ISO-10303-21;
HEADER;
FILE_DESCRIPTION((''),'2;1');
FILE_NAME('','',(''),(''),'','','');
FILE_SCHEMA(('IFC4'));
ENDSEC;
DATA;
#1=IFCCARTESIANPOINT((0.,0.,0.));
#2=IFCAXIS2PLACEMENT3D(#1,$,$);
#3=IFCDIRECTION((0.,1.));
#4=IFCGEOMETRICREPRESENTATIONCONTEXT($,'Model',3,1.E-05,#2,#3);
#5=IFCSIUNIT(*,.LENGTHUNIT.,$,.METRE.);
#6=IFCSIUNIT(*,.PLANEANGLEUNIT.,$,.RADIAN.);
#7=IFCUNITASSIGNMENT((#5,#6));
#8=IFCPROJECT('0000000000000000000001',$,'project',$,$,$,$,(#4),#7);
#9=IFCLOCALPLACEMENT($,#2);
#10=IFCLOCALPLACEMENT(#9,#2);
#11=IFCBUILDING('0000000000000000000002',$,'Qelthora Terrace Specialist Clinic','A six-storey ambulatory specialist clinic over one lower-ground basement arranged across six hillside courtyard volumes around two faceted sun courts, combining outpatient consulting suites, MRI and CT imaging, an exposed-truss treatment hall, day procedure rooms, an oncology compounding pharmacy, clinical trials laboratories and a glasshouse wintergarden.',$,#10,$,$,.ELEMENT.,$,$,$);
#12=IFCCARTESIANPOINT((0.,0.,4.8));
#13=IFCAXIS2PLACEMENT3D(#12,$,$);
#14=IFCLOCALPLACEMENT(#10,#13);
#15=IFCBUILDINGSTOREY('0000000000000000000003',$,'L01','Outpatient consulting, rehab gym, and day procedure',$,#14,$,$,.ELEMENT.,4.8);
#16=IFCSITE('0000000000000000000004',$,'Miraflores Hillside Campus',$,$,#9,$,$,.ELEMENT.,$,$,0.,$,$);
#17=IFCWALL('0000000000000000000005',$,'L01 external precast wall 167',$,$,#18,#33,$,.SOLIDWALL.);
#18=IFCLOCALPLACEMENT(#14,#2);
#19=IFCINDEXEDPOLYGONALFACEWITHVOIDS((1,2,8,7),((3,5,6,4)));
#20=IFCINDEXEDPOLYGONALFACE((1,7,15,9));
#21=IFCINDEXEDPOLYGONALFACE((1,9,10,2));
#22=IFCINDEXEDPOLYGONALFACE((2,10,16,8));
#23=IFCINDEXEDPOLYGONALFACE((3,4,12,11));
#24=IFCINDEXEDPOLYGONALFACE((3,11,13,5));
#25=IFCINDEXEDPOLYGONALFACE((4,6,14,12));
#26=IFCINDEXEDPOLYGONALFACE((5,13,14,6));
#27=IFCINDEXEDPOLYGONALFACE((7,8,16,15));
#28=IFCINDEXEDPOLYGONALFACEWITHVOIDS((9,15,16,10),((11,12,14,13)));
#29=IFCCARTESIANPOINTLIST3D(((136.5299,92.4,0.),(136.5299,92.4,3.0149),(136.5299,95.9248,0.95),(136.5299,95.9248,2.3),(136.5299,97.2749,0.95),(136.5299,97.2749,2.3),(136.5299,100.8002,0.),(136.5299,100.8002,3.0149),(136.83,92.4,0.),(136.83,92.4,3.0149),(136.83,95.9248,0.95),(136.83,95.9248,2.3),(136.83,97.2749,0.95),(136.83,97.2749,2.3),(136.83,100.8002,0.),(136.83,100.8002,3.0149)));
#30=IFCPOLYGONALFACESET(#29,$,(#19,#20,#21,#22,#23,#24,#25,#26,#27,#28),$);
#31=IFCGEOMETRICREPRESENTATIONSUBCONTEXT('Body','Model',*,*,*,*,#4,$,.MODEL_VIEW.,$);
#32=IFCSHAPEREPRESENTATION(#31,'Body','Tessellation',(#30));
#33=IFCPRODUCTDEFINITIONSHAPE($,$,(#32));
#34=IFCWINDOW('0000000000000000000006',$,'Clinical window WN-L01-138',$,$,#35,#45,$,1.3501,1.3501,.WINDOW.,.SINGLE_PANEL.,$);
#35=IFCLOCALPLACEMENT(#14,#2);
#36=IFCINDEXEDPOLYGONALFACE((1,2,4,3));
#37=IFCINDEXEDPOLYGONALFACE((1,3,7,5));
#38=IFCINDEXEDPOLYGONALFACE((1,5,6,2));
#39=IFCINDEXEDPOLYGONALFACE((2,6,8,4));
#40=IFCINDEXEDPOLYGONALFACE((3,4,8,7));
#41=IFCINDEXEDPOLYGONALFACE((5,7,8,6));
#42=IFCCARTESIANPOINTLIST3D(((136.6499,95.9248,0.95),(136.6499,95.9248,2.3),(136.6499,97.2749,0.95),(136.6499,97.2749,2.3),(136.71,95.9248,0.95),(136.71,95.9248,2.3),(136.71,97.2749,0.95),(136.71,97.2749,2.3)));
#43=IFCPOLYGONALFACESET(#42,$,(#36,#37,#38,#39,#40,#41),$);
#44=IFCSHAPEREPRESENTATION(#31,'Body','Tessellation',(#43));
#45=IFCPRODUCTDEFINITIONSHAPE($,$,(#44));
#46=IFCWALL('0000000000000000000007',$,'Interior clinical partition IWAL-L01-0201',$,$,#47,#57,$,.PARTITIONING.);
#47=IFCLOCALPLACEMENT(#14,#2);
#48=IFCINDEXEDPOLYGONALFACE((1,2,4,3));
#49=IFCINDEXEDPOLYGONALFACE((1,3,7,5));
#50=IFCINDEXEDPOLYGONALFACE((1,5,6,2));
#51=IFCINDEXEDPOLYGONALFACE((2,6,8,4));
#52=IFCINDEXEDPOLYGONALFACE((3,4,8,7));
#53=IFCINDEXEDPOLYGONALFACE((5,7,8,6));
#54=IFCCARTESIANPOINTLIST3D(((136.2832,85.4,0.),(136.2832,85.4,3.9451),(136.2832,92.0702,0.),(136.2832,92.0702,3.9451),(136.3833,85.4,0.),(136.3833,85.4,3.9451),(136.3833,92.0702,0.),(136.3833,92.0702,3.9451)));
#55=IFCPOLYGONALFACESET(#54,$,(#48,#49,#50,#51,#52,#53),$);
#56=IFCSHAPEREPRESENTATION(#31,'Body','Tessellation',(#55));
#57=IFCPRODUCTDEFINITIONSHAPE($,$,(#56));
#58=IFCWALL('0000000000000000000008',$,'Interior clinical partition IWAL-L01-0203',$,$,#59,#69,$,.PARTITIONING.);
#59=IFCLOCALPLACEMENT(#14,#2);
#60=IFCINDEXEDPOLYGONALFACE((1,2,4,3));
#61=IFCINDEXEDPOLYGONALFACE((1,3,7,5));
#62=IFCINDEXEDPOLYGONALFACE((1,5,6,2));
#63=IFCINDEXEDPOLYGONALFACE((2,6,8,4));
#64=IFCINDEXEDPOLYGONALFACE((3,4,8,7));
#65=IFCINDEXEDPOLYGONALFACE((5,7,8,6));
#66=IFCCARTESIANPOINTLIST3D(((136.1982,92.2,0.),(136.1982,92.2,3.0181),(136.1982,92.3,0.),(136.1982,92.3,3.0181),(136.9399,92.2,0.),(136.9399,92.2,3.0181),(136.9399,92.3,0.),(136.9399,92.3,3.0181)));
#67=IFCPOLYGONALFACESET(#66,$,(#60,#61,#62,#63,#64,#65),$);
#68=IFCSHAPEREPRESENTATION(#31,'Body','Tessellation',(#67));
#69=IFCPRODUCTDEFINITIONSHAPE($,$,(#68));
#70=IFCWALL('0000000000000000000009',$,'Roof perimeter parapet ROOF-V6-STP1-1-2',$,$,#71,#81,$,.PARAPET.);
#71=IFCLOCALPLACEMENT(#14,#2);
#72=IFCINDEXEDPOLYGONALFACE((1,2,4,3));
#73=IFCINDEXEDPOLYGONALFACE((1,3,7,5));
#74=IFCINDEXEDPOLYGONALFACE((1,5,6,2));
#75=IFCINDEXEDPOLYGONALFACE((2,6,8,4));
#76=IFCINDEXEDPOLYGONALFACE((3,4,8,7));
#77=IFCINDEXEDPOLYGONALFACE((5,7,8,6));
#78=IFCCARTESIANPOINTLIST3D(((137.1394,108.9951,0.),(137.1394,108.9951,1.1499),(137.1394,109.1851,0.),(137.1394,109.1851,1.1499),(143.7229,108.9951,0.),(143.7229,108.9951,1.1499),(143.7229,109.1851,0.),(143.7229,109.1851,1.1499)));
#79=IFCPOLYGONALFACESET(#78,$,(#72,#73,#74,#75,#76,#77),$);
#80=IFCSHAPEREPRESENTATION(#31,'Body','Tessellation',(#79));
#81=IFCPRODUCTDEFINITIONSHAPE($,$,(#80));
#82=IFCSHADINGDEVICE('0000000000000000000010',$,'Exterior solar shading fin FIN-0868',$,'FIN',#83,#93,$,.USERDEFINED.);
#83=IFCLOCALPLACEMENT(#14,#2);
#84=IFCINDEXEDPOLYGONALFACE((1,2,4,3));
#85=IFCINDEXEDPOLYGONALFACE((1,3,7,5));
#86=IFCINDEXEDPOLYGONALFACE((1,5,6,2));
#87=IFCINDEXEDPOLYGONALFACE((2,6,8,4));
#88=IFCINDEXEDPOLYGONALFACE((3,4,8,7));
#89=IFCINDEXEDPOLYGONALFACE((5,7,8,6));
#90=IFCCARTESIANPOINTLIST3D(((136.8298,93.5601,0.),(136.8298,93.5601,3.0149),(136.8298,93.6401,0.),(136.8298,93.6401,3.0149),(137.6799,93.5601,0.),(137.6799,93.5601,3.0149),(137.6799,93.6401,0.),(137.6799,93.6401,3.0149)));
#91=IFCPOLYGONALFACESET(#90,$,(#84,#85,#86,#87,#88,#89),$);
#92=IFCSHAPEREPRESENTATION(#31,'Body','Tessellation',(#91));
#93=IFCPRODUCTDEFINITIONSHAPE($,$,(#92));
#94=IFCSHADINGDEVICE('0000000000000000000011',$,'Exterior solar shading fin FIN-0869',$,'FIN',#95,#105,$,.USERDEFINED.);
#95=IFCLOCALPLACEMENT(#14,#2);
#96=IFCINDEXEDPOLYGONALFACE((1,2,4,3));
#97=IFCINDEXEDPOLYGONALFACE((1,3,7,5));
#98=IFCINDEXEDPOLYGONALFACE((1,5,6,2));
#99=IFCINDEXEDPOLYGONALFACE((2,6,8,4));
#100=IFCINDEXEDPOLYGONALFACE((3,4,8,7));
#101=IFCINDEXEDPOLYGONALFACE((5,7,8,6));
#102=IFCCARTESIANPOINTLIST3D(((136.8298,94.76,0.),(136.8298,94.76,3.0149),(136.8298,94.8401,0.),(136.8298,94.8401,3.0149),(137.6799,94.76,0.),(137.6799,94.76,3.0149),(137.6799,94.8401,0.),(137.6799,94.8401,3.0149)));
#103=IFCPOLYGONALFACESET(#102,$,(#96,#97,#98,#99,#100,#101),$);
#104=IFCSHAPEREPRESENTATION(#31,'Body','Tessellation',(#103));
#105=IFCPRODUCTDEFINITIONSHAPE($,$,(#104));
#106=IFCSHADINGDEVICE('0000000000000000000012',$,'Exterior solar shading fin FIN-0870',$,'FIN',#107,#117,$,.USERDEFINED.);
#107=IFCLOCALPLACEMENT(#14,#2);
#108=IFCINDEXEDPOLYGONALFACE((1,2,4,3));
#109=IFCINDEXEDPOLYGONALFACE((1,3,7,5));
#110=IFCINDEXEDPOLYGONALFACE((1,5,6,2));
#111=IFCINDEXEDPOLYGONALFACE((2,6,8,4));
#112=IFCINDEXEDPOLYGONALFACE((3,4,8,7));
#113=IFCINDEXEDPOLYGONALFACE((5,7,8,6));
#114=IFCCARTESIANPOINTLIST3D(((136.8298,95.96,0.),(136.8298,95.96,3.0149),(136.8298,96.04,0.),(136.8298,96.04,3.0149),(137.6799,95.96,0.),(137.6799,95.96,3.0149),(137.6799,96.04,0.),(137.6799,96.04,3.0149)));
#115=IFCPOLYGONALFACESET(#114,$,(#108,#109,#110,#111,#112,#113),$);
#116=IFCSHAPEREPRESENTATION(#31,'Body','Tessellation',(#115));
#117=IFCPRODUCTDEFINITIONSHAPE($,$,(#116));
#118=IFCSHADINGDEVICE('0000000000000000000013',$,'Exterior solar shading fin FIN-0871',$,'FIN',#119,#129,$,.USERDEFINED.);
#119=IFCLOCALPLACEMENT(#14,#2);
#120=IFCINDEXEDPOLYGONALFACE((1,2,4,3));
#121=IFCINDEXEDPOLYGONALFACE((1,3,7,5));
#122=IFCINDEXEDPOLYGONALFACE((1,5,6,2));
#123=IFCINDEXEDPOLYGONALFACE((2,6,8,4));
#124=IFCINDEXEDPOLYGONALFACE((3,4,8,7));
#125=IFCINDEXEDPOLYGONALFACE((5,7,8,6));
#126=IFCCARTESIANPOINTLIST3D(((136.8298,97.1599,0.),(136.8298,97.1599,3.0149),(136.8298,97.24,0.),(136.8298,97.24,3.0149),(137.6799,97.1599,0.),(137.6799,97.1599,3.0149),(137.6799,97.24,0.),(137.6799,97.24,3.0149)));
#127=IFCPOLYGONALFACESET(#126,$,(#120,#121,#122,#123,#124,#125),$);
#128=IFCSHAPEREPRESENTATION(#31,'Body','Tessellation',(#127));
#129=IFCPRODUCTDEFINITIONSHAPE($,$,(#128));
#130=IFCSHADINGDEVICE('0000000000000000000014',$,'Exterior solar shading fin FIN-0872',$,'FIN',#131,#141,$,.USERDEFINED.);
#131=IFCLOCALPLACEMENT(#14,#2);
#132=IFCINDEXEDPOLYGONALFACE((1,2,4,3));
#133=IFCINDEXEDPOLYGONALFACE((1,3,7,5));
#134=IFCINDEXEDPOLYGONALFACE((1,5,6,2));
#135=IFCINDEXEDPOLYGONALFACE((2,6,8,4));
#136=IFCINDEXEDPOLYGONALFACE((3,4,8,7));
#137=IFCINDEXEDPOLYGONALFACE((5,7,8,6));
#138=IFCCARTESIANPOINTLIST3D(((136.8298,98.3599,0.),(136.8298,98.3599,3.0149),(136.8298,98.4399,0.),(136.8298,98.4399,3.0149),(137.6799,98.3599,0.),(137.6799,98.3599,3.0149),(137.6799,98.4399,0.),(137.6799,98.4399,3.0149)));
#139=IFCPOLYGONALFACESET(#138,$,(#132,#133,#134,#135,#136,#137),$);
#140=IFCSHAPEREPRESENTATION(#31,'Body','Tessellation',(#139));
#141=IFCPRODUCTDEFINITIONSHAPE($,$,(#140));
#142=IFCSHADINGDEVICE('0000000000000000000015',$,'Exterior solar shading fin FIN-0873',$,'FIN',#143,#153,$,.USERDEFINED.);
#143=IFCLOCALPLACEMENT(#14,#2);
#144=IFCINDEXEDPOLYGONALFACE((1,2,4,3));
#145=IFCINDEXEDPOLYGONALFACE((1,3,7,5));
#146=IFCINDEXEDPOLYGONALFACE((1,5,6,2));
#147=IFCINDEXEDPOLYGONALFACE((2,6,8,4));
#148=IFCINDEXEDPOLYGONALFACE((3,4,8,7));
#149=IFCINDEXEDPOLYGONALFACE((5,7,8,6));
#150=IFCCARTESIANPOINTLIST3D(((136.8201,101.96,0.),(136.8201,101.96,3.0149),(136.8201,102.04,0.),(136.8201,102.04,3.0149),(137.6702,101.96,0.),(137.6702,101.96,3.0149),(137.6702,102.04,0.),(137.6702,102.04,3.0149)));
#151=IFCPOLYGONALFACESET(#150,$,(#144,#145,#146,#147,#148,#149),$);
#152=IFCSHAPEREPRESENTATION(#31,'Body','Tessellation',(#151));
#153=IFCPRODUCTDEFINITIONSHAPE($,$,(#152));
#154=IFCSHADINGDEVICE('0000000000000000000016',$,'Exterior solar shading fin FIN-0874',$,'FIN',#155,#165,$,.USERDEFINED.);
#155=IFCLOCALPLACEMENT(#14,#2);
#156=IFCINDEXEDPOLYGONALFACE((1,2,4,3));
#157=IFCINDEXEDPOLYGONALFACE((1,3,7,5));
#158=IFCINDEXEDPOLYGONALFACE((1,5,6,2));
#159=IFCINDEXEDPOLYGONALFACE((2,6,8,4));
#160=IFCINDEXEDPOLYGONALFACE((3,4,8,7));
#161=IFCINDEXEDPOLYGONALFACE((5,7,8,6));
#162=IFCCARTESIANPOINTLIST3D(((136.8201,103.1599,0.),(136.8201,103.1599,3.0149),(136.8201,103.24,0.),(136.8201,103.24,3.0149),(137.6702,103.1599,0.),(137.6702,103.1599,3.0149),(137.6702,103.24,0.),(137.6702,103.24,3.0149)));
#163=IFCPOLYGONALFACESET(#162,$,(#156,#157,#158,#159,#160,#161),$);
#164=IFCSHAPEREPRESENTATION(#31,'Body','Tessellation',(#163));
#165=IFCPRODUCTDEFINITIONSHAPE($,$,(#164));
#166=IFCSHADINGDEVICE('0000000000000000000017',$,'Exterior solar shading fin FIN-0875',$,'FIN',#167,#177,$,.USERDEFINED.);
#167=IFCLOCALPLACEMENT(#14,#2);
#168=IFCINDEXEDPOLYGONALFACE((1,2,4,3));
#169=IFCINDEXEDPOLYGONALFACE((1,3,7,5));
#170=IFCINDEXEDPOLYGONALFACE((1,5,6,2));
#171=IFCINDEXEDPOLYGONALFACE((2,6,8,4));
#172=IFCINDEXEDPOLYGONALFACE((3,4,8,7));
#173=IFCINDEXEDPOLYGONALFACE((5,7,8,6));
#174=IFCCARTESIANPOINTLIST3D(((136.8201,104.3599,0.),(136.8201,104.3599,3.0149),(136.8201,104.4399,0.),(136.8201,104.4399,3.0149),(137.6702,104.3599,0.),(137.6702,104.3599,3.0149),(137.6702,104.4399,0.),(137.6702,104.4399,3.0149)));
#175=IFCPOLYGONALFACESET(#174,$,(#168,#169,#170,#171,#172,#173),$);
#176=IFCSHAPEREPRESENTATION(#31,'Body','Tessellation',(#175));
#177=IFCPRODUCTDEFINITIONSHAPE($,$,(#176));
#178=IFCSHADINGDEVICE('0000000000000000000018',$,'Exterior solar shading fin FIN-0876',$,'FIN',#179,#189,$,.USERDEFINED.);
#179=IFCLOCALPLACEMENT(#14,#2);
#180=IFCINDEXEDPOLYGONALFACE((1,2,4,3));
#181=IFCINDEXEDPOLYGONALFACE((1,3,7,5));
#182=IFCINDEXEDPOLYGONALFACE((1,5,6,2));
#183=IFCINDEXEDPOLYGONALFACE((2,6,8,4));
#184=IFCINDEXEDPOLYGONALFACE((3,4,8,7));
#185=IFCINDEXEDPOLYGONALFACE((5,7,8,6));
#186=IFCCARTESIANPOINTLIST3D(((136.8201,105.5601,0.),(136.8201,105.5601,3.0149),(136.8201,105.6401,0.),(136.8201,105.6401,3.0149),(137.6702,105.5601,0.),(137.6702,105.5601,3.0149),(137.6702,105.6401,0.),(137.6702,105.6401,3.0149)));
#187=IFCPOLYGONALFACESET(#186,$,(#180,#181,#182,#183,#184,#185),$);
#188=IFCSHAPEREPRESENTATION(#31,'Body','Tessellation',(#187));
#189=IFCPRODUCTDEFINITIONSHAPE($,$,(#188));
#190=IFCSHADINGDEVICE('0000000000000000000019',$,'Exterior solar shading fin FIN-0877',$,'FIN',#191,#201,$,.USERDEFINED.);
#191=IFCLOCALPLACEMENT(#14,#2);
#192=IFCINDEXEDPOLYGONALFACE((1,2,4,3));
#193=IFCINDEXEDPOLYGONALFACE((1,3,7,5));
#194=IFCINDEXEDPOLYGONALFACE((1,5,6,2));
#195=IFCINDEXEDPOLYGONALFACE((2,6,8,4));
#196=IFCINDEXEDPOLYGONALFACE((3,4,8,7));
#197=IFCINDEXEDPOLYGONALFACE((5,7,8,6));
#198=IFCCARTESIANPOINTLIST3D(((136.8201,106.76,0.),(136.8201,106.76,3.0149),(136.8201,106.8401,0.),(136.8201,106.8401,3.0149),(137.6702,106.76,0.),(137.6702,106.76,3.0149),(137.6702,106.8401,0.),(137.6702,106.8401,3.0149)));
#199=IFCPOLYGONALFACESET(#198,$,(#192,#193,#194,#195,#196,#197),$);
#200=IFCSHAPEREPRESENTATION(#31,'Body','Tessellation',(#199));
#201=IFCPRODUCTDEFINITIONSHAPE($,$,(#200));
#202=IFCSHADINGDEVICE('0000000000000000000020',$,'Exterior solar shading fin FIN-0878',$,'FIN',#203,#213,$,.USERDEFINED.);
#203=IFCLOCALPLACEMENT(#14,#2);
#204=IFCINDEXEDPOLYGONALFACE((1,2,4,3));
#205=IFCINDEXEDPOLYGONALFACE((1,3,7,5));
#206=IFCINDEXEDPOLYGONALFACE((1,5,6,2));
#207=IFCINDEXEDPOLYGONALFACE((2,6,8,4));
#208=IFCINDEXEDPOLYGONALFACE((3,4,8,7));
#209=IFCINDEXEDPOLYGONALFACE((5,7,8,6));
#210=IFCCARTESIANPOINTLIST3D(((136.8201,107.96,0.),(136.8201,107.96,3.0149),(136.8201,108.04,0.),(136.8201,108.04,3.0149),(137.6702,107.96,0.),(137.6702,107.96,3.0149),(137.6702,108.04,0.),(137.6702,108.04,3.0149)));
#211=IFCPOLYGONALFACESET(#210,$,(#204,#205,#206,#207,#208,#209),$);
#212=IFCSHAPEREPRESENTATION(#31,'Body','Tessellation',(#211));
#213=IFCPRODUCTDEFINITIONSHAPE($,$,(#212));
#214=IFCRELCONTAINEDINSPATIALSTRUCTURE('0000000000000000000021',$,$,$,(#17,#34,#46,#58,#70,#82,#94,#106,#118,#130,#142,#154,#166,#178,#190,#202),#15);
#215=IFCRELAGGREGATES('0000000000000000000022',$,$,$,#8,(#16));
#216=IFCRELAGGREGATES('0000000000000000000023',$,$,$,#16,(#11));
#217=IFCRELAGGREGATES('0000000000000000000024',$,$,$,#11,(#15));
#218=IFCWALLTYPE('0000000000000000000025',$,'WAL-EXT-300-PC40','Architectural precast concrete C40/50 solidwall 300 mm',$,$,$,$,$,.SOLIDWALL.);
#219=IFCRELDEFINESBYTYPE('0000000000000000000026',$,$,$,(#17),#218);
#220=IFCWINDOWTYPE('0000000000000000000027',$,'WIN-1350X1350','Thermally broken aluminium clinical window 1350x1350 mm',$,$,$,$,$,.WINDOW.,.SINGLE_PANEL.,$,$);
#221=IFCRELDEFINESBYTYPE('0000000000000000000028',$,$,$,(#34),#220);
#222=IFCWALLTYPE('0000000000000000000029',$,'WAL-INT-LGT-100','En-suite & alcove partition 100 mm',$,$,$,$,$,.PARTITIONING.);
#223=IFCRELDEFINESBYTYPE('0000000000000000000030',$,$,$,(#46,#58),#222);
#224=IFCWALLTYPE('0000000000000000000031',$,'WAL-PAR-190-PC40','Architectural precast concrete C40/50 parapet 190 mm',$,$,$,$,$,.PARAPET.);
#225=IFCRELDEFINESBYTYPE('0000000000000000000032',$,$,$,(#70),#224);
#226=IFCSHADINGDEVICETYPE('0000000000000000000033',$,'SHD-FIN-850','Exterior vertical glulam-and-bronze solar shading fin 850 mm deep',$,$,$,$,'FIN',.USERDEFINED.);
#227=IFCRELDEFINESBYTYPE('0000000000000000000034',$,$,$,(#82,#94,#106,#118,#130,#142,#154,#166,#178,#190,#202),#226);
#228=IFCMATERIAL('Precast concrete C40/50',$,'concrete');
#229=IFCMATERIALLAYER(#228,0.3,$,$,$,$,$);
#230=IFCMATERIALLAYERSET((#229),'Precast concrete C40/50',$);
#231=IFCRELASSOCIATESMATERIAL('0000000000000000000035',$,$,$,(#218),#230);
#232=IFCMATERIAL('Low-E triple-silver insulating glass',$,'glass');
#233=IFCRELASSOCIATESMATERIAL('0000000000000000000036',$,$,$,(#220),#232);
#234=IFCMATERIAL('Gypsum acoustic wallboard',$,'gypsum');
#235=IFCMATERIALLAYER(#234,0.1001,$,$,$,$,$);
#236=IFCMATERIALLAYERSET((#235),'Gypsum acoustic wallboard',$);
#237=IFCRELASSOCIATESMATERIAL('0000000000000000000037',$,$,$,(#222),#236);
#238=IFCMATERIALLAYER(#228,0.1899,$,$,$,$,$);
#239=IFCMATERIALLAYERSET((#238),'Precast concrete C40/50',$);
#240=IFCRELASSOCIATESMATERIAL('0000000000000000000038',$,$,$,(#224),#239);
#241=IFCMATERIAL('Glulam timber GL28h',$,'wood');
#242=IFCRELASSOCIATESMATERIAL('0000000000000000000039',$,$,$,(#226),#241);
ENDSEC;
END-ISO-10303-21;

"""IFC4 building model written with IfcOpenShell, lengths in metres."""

from ifc_helpers import new_model, si_unit, direction, frame, frame_2d, origin, origin_2d, place, context, subcontext, project, spatial, rectangle, extrude, material, layer, layer_set, type_object, element, fill, save


model = new_model("IFC4")

# Units and contexts
model_context = context("Model", 3, precision=1e-05, world=origin(), true_north=direction((0.0, 1.0)))
body_context = subcontext(model_context, "Body", "Model", "MODEL_VIEW")
ifc_project = project(units=[si_unit("LENGTHUNIT", "METRE"), si_unit("PLANEANGLEUNIT", "RADIAN")], contexts=[model_context])

# Site, building, storey
site_placement = place(None, origin())
site = spatial("IfcSite", under=ifc_project, at=site_placement, Name="Miraflores Hillside Campus", CompositionType="ELEMENT", RefElevation=0.0)
building_placement = place(site_placement, origin())
building = spatial("IfcBuilding", under=site, at=building_placement, Name="Qelthora Terrace Specialist Clinic", Description="A six-storey ambulatory specialist clinic over one lower-ground basement arranged across six hillside courtyard volumes around two faceted sun courts, combining outpatient consulting suites, MRI and CT imaging, an exposed-truss treatment hall, day procedure rooms, an oncology compounding pharmacy, clinical trials laboratories and a glasshouse wintergarden.", CompositionType="ELEMENT")
storey_placement = place(building_placement, frame((0.0, 0.0, 4.8)))
storey = spatial("IfcBuildingStorey", under=building, at=storey_placement, Name="L01", Description="Outpatient consulting, rehab gym, and day procedure", CompositionType="ELEMENT", Elevation=4.8)

# Wall, opening, window
ifc_material_1 = material(Name="Precast concrete C40/50", Category="concrete")
ifc_material_2 = material(Name="Low-E triple-silver insulating glass", Category="glass")
ifc_layer_1 = layer(ifc_material_1, 0.3)
ifc_layer_set_1 = layer_set([ifc_layer_1], Name="Precast concrete C40/50")
wall_type_1 = type_object("IfcWallType", Name="WAL-EXT-300-PC40", Description="Architectural precast concrete C40/50 solidwall 300 mm", PredefinedType="SOLIDWALL", material=ifc_layer_set_1)
wall_1_placement = place(storey_placement, frame((136.6799, 92.3999, 0.0), z_axis=(0.0, 0.0, 1.0), x_axis=(0.0, 1.0, 0.0)))
wall_1 = element("IfcWall", 1, at=wall_1_placement, inside=storey, type_object=wall_type_1, Name="L01 external precast wall 167", PredefinedType="SOLIDWALL", context=body_context, shape_type="SweptSolid", body=[
    extrude(rectangle(XDim=8.4001, YDim=0.3, at=frame_2d((4.2002, 0.0))), origin(), (0.0, 0.0, 1.0), 3.0149),
])
opening_1_placement = place(wall_1_placement, frame((3.5249, 0.0, 0.95)))
opening_1 = element("IfcOpeningElement", 2, at=opening_1_placement, cuts=wall_1, PredefinedType="OPENING", context=body_context, shape_type="SweptSolid", body=[
    extrude(rectangle(XDim=1.3501, YDim=1.3501, at=frame_2d((0.675, 0.675))), frame((0.0, 0.1599, 0.0), z_axis=(0.0, -1.0, 0.0), x_axis=(1.0, 0.0, 0.0)), (0.0, 0.0, 1.0), 0.3201),
])
window_type_1 = type_object("IfcWindowType", Name="WIN-1350X1350", Description="Thermally broken aluminium clinical window 1350x1350 mm", PartitioningType="SINGLE_PANEL", PredefinedType="WINDOW", material=ifc_material_2)
window_1_placement = place(opening_1_placement, origin())
window_1 = element("IfcWindow", 3, at=window_1_placement, inside=storey, type_object=window_type_1, Name="Clinical window WN-L01-138", OverallHeight=1.3501, OverallWidth=1.3501, PartitioningType="SINGLE_PANEL", PredefinedType="WINDOW", context=body_context, shape_type="SweptSolid", body=[
    extrude(rectangle(XDim=1.3501, YDim=1.3501, at=frame_2d((0.675, 0.675))), frame((0.0, 0.03, 0.0), z_axis=(0.0, -1.0, 0.0), x_axis=(1.0, 0.0, 0.0)), (0.0, 0.0, 1.0), 0.0601),
])
fill(opening_1, window_1)

# Walls
ifc_material_3 = material(Name="Gypsum acoustic wallboard", Category="gypsum")
ifc_layer_2 = layer(ifc_material_3, 0.1001)
ifc_layer_set_2 = layer_set([ifc_layer_2], Name="Gypsum acoustic wallboard")
wall_type_2 = type_object("IfcWallType", Name="WAL-INT-LGT-100", Description="En-suite & alcove partition 100 mm", PredefinedType="PARTITIONING", material=ifc_layer_set_2)
wall_2_placement = place(storey_placement, frame((136.3333, 92.0701, 0.0), z_axis=(0.0, 0.0, 1.0), x_axis=(0.0, -1.0, 0.0)))
element("IfcWall", 4, at=wall_2_placement, inside=storey, type_object=wall_type_2, Name="Interior clinical partition IWAL-L01-0201", PredefinedType="PARTITIONING", context=body_context, shape_type="SweptSolid", body=[
    extrude(rectangle(XDim=6.6702, YDim=0.1001, at=frame_2d((3.335, 0.0))), origin(), (0.0, 0.0, 1.0), 3.9451),
])
wall_3_placement = place(storey_placement, frame((136.1982, 92.25, 0.0), z_axis=(0.0, 0.0, 1.0), x_axis=(1.0, 0.0, 0.0)))
element("IfcWall", 5, at=wall_3_placement, inside=storey, type_object=wall_type_2, Name="Interior clinical partition IWAL-L01-0203", PredefinedType="PARTITIONING", context=body_context, shape_type="SweptSolid", body=[
    extrude(rectangle(XDim=0.7417, YDim=0.1001, at=frame_2d((0.3708, 0.0))), origin(), (0.0, 0.0, 1.0), 3.0181),
])

# Shared definitions
ifc_material_4 = material(Name="Glulam timber GL28h", Category="wood")

# Wall
ifc_layer_3 = layer(ifc_material_1, 0.1899)
ifc_layer_set_3 = layer_set([ifc_layer_3], Name="Precast concrete C40/50")
wall_type_3 = type_object("IfcWallType", Name="WAL-PAR-190-PC40", Description="Architectural precast concrete C40/50 parapet 190 mm", PredefinedType="PARAPET", material=ifc_layer_set_3)
wall_4_placement = place(storey_placement, frame((137.1394, 109.0901, 0.0), z_axis=(0.0, 0.0, 1.0), x_axis=(1.0, 0.0, 0.0)))
element("IfcWall", 6, at=wall_4_placement, inside=storey, type_object=wall_type_3, Name="Roof perimeter parapet ROOF-V6-STP1-1-2", PredefinedType="PARAPET", context=body_context, shape_type="SweptSolid", body=[
    extrude(rectangle(XDim=6.5835, YDim=0.1899, at=frame_2d((3.2917, 0.0))), origin(), (0.0, 0.0, 1.0), 1.1499),
])

# Shading devices
shading_device_type = type_object("IfcShadingDeviceType", Name="SHD-FIN-850", Description="Exterior vertical glulam-and-bronze solar shading fin 850 mm deep", ElementType="FIN", PredefinedType="USERDEFINED", material=ifc_material_4)
for number, where, z_axis, x_axis, name in (
    (7, (137.2549, 93.6001, 0.0), (0.0, 0.0, 1.0), (1.0, 0.0, 0.0), "Exterior solar shading fin FIN-0868"),
    (8, (137.2549, 94.8, 0.0), (0.0, 0.0, 1.0), (1.0, 0.0, 0.0), "Exterior solar shading fin FIN-0869"),
    (9, (137.2549, 96.0, 0.0), (0.0, 0.0, 1.0), (1.0, 0.0, 0.0), "Exterior solar shading fin FIN-0870"),
    (10, (137.2549, 97.2, 0.0), (0.0, 0.0, 1.0), (1.0, 0.0, 0.0), "Exterior solar shading fin FIN-0871"),
    (11, (137.2549, 98.3999, 0.0), (0.0, 0.0, 1.0), (1.0, 0.0, 0.0), "Exterior solar shading fin FIN-0872"),
    (12, (137.2451, 102.0, 0.0), (0.0, 0.0, 1.0), (1.0, 0.0, 0.0), "Exterior solar shading fin FIN-0873"),
    (13, (137.2451, 103.2, 0.0), (0.0, 0.0, 1.0), (1.0, 0.0, 0.0), "Exterior solar shading fin FIN-0874"),
    (14, (137.2451, 104.3999, 0.0), (0.0, 0.0, 1.0), (1.0, 0.0, 0.0), "Exterior solar shading fin FIN-0875"),
    (15, (137.2451, 105.6001, 0.0), (0.0, 0.0, 1.0), (1.0, 0.0, 0.0), "Exterior solar shading fin FIN-0876"),
    (16, (137.2451, 106.8, 0.0), (0.0, 0.0, 1.0), (1.0, 0.0, 0.0), "Exterior solar shading fin FIN-0877"),
    (17, (137.2451, 108.0, 0.0), (0.0, 0.0, 1.0), (1.0, 0.0, 0.0), "Exterior solar shading fin FIN-0878"),
):
    element("IfcShadingDevice", number, at=place(storey_placement, frame(where, z_axis=z_axis, x_axis=x_axis)), inside=storey, type_object=shading_device_type, Name=name, ObjectType="FIN", PredefinedType="USERDEFINED", context=body_context, shape_type="SweptSolid", body=[
        extrude(rectangle(XDim=0.8501, YDim=0.0801, at=origin_2d()), origin(), (0.0, 0.0, 1.0), 3.0149),
    ])

save(model, "model.ifc")
